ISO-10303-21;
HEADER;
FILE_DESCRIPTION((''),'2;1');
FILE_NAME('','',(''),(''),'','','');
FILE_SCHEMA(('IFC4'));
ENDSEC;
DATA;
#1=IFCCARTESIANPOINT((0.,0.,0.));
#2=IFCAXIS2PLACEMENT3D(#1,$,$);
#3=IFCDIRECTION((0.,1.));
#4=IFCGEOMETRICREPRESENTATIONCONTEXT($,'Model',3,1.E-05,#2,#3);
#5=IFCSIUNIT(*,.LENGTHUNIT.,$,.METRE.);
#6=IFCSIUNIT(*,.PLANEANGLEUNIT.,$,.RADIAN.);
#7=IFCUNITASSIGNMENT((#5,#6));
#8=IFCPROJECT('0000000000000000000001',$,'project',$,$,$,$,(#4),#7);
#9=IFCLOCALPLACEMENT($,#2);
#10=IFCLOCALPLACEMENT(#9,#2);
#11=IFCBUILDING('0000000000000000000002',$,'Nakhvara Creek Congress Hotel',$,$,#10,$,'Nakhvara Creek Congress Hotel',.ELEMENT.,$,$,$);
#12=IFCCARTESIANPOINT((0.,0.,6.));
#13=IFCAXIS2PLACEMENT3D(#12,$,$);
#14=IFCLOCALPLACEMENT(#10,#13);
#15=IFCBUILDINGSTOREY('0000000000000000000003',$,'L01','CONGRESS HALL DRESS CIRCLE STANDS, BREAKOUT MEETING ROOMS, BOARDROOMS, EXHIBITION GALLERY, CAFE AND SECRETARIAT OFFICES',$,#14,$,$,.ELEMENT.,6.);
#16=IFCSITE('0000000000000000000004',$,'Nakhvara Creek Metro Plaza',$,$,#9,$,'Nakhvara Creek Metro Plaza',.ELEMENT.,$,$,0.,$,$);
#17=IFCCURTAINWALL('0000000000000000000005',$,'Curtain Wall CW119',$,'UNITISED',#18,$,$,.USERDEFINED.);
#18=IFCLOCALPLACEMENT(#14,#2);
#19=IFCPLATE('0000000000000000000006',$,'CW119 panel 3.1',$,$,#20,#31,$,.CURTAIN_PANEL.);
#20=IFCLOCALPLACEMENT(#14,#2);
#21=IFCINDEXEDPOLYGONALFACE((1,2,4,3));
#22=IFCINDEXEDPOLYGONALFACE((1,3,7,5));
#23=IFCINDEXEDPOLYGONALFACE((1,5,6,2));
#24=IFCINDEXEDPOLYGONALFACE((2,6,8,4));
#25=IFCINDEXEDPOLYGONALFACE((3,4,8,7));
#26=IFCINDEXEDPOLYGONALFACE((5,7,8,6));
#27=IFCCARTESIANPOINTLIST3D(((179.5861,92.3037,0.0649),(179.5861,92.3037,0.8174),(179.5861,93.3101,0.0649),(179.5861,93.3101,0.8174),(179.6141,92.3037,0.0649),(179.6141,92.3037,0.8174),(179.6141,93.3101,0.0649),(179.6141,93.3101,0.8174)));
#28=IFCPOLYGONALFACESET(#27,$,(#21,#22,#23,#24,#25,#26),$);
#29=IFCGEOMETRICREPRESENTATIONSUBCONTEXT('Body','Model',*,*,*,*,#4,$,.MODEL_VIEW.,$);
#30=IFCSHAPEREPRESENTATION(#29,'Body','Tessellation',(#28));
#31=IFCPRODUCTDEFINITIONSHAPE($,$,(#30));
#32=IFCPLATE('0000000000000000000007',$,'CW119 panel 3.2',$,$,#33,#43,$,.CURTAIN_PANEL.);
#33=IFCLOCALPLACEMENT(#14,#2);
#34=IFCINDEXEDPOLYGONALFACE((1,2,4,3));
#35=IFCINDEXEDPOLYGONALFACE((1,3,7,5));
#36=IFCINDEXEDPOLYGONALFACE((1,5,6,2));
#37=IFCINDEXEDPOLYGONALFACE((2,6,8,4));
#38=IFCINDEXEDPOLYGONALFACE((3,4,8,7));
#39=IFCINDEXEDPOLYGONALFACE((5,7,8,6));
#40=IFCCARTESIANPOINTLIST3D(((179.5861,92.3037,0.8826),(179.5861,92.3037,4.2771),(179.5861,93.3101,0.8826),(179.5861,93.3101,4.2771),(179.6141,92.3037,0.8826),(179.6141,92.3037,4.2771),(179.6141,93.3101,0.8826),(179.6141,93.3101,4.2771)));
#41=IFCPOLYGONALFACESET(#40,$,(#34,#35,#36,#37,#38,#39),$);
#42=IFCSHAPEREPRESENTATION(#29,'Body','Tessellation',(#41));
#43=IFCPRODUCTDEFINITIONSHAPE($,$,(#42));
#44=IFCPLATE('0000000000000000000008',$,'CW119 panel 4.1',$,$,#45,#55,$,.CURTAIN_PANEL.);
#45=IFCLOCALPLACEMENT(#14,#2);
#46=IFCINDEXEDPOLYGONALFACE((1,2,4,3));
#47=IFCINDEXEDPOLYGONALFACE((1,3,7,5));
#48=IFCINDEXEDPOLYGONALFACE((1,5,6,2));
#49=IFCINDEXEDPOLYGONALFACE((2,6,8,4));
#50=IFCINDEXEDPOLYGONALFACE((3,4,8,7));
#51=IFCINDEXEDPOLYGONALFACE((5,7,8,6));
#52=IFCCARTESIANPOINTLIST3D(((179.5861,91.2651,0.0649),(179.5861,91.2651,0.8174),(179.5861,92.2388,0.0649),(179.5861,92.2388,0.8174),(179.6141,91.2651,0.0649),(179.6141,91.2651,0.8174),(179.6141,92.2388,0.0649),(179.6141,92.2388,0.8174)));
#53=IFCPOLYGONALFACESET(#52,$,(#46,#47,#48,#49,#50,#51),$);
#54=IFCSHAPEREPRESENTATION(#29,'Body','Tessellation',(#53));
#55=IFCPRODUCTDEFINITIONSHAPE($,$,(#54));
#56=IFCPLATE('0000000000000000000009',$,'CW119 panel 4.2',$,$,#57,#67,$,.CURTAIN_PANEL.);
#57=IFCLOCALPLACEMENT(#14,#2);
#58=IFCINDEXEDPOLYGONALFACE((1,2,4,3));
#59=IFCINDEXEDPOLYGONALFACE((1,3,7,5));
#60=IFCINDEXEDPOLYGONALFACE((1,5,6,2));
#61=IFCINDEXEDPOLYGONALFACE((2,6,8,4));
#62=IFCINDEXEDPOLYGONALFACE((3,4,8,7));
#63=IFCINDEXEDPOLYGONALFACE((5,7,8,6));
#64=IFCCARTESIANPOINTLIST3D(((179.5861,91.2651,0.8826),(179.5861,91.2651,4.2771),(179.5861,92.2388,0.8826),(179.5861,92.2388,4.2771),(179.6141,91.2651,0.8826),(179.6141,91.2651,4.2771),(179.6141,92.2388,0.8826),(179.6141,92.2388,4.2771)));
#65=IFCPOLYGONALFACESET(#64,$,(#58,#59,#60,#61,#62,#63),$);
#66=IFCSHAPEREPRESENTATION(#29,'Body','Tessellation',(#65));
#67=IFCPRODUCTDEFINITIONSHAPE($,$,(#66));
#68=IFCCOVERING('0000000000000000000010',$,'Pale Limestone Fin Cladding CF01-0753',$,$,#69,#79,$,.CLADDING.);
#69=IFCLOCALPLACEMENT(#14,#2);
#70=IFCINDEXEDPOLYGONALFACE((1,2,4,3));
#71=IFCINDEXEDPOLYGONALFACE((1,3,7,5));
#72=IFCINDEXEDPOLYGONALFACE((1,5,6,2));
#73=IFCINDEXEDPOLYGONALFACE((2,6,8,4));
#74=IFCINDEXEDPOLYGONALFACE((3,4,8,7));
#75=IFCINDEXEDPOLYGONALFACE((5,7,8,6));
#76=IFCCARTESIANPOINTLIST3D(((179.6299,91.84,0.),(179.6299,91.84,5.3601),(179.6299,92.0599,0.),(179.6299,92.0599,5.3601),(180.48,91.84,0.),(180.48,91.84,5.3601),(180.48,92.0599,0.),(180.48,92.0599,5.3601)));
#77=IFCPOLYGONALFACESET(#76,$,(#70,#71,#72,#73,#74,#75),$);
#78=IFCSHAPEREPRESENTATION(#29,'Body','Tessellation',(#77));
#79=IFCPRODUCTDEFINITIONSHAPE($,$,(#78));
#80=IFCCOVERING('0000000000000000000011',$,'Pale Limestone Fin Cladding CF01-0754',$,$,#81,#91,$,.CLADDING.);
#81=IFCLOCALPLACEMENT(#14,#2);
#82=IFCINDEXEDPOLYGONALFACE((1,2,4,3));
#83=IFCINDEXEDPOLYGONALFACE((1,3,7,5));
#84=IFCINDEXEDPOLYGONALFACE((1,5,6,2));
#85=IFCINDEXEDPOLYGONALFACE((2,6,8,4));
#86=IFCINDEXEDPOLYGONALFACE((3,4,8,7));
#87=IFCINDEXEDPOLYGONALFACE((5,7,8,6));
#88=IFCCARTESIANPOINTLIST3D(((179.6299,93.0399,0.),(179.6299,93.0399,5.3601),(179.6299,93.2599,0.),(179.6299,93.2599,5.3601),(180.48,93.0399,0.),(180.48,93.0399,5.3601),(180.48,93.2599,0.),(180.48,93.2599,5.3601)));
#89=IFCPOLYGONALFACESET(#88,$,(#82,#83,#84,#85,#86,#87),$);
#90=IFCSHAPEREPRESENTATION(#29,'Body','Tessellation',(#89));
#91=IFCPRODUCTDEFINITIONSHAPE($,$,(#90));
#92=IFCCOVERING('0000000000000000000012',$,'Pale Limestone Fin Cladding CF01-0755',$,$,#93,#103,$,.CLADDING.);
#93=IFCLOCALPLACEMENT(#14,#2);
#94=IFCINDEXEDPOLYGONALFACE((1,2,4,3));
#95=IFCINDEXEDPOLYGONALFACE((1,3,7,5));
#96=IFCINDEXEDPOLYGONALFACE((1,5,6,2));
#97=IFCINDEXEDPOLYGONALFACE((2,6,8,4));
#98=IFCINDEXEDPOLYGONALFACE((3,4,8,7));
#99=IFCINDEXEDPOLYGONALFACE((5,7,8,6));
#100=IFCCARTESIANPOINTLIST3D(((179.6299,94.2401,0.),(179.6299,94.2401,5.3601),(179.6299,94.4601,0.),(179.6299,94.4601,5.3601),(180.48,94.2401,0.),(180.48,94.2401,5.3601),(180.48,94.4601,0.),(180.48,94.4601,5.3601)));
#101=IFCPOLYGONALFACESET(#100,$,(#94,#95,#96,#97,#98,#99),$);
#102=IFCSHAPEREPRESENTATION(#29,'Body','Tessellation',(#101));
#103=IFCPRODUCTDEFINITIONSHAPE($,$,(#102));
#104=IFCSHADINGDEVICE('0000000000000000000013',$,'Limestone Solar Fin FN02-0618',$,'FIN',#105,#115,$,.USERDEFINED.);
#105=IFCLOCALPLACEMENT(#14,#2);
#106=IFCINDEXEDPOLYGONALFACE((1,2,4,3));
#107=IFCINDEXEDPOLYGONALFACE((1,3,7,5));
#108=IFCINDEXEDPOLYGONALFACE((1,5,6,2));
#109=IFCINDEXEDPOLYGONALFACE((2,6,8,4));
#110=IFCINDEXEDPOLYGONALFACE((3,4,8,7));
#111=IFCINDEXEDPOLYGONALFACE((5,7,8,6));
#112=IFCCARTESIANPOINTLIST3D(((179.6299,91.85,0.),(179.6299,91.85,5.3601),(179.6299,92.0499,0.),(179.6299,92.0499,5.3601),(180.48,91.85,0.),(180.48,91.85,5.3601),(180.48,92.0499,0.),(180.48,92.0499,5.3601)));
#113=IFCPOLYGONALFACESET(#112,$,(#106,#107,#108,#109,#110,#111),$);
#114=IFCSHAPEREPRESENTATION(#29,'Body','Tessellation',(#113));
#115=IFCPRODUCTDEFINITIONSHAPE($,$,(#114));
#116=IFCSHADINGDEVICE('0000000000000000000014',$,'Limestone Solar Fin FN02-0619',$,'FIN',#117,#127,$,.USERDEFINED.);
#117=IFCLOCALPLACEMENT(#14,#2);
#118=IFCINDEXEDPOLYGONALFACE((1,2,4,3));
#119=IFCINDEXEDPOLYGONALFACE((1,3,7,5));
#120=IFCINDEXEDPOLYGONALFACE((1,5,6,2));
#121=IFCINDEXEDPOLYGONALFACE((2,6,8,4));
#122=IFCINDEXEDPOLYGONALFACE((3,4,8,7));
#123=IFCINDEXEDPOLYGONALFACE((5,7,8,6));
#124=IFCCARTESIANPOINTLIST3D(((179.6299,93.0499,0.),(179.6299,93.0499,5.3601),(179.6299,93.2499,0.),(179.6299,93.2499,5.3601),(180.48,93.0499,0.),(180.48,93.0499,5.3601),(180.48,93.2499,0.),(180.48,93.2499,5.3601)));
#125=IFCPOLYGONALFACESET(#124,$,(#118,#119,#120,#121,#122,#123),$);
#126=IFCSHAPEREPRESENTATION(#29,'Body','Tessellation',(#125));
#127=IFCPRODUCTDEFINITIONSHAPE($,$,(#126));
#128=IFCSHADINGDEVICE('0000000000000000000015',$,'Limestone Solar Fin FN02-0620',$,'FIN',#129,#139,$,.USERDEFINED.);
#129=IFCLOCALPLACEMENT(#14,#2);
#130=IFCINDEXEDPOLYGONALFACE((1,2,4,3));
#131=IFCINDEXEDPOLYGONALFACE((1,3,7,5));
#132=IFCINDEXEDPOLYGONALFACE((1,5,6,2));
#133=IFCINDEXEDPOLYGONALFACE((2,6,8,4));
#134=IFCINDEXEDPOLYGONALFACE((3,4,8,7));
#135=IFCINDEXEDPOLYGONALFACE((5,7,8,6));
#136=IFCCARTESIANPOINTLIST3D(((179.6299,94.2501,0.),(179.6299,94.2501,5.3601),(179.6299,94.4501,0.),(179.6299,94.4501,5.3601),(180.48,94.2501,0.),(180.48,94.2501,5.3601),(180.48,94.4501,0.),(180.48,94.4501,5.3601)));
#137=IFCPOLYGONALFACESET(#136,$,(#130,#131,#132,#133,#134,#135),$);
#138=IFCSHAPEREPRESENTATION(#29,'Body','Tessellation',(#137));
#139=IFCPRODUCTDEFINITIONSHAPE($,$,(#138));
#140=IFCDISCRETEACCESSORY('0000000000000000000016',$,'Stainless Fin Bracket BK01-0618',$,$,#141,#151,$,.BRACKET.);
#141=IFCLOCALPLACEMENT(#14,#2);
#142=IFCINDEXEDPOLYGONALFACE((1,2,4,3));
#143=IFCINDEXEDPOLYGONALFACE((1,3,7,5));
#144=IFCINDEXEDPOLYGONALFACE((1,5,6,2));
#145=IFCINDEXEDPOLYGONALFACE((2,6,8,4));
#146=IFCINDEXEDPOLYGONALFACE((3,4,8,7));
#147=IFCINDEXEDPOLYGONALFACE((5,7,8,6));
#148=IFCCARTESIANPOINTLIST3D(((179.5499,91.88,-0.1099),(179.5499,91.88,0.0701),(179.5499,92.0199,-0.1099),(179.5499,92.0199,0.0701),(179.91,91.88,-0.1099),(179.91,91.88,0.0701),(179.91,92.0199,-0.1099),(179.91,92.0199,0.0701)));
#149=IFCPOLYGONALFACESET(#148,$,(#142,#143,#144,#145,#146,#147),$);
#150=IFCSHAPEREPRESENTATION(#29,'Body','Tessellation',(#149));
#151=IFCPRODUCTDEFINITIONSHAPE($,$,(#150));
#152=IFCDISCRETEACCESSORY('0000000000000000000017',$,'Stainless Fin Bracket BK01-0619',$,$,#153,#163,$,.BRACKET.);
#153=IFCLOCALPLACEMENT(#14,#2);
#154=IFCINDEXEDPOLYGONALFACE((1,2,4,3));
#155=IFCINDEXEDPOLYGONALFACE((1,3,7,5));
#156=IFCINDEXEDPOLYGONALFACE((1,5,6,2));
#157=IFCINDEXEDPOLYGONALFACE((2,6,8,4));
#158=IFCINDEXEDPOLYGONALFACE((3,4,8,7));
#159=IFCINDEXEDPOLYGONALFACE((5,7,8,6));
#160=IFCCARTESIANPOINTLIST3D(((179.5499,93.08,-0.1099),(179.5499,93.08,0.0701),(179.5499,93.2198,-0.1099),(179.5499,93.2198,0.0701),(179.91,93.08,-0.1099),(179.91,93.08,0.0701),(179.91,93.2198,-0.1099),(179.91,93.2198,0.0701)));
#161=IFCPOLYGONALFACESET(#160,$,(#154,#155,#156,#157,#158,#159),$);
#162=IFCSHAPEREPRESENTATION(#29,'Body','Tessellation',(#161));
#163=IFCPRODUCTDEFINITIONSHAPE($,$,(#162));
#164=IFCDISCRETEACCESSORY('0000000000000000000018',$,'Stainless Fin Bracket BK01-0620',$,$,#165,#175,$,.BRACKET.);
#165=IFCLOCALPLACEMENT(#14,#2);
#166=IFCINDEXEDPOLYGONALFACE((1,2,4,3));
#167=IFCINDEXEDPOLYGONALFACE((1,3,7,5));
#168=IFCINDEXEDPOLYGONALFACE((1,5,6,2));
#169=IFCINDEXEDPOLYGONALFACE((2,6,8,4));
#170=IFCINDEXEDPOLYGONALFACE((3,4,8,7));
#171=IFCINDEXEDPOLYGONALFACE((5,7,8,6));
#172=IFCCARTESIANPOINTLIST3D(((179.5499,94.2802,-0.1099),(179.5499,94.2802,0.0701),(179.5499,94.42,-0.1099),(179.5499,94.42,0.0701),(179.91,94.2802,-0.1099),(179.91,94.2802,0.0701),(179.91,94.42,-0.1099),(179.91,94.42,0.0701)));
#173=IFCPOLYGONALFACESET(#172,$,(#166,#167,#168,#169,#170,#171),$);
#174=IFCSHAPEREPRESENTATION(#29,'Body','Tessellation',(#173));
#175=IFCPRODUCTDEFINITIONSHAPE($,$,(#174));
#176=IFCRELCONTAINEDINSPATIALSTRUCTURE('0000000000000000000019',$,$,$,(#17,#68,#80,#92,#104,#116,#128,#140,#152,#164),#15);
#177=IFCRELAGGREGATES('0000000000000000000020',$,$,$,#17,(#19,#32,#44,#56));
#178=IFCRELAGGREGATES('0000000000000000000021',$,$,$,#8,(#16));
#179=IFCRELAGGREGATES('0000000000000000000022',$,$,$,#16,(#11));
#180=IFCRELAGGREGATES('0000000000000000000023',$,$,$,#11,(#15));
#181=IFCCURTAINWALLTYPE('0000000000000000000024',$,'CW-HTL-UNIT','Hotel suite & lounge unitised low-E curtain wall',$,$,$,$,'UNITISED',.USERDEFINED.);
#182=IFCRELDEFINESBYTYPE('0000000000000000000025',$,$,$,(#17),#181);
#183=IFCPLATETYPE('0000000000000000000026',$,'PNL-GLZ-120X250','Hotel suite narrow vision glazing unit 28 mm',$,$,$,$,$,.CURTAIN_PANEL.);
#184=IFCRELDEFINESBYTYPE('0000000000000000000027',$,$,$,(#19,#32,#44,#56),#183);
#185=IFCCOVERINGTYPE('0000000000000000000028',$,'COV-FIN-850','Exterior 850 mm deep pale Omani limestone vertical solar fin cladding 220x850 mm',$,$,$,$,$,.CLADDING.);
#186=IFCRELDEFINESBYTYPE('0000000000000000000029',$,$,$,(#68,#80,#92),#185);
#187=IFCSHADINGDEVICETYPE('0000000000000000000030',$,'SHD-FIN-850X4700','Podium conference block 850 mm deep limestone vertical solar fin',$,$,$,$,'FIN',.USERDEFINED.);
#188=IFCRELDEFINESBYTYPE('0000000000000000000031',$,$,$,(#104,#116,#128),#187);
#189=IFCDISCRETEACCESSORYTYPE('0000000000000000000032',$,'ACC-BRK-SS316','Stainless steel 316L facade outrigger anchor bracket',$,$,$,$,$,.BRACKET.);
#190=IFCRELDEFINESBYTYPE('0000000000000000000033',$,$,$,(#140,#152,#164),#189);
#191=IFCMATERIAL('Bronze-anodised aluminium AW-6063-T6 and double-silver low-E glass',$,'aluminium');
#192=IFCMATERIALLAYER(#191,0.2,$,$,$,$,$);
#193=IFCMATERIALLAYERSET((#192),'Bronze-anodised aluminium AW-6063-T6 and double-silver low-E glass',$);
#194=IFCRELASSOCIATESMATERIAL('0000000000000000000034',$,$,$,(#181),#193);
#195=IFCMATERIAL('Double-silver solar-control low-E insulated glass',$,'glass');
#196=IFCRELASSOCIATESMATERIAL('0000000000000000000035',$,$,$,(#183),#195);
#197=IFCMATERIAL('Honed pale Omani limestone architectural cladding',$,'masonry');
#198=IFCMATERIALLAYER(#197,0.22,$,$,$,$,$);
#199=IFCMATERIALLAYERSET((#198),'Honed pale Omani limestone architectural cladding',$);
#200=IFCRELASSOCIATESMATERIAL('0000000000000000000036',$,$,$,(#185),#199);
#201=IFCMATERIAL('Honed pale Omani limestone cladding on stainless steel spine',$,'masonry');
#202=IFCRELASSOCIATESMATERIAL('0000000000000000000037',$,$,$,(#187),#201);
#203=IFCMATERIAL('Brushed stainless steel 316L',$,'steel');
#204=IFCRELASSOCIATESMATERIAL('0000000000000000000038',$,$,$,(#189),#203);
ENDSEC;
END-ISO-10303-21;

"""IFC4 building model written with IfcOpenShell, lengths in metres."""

from ifc_helpers import new_model, si_unit, direction, frame, origin, origin_2d, place, context, subcontext, project, spatial, rectangle, extrude, material, layer, layer_set, type_object, element, aggregate, save


model = new_model("IFC4")

# Units and contexts
model_context = context("Model", 3, precision=1e-05, world=origin(), true_north=direction((0.0, 1.0)))
body_context = subcontext(model_context, "Body", "Model", "MODEL_VIEW")
ifc_project = project(units=[si_unit("LENGTHUNIT", "METRE"), si_unit("PLANEANGLEUNIT", "RADIAN")], contexts=[model_context])

# Site, building, storey
site_placement = place(None, origin())
site = spatial("IfcSite", under=ifc_project, at=site_placement, Name="Nakhvara Creek Metro Plaza", LongName="Nakhvara Creek Metro Plaza", CompositionType="ELEMENT", RefElevation=0.0)
building_placement = place(site_placement, origin())
building = spatial("IfcBuilding", under=site, at=building_placement, Name="Nakhvara Creek Congress Hotel", LongName="Nakhvara Creek Congress Hotel", CompositionType="ELEMENT")
storey_placement = place(building_placement, frame((0.0, 0.0, 6.0)))
storey = spatial("IfcBuildingStorey", under=building, at=storey_placement, Name="L01", Description="CONGRESS HALL DRESS CIRCLE STANDS, BREAKOUT MEETING ROOMS, BOARDROOMS, EXHIBITION GALLERY, CAFE AND SECRETARIAT OFFICES", CompositionType="ELEMENT", Elevation=6.0)

# Curtain wall, plates
ifc_material_1 = material(Name="Bronze-anodised aluminium AW-6063-T6 and double-silver low-E glass", Category="aluminium")
ifc_layer_1 = layer(ifc_material_1, 0.2)
ifc_layer_set_1 = layer_set([ifc_layer_1], Name="Bronze-anodised aluminium AW-6063-T6 and double-silver low-E glass")
curtain_wall_type = type_object("IfcCurtainWallType", Name="CW-HTL-UNIT", Description="Hotel suite & lounge unitised low-E curtain wall", ElementType="UNITISED", PredefinedType="USERDEFINED", material=ifc_layer_set_1)
curtain_wall_placement = place(storey_placement, origin())
curtain_wall = element("IfcCurtainWall", 1, at=curtain_wall_placement, inside=storey, type_object=curtain_wall_type, Name="Curtain Wall CW119", ObjectType="UNITISED", PredefinedType="USERDEFINED")
ifc_material_2 = material(Name="Double-silver solar-control low-E insulated glass", Category="glass")
plate_type = type_object("IfcPlateType", Name="PNL-GLZ-120X250", Description="Hotel suite narrow vision glazing unit 28 mm", PredefinedType="CURTAIN_PANEL", material=ifc_material_2)
plate_1_placement = place(storey_placement, frame((179.6001, 92.8069, 0.0649), z_axis=(0.0, 0.0, 1.0), x_axis=(0.0, -1.0, 0.0)))
plate_1 = element("IfcPlate", 2, at=plate_1_placement, type_object=plate_type, Name="CW119 panel 3.1", PredefinedType="CURTAIN_PANEL", context=body_context, shape_type="SweptSolid", body=[
    extrude(rectangle(XDim=1.0063, YDim=0.0281, at=origin_2d()), origin(), (0.0, 0.0, 1.0), 0.7524),
])
plate_2_placement = place(storey_placement, frame((179.6001, 92.8069, 0.8826), z_axis=(0.0, 0.0, 1.0), x_axis=(0.0, -1.0, 0.0)))
plate_2 = element("IfcPlate", 3, at=plate_2_placement, type_object=plate_type, Name="CW119 panel 3.2", PredefinedType="CURTAIN_PANEL", context=body_context, shape_type="SweptSolid", body=[
    extrude(rectangle(XDim=1.0063, YDim=0.0281, at=origin_2d()), origin(), (0.0, 0.0, 1.0), 3.3945),
])
plate_3_placement = place(storey_placement, frame((179.6001, 91.752, 0.0649), z_axis=(0.0, 0.0, 1.0), x_axis=(0.0, -1.0, 0.0)))
plate_3 = element("IfcPlate", 4, at=plate_3_placement, type_object=plate_type, Name="CW119 panel 4.1", PredefinedType="CURTAIN_PANEL", context=body_context, shape_type="SweptSolid", body=[
    extrude(rectangle(XDim=0.9736, YDim=0.0281, at=origin_2d()), origin(), (0.0, 0.0, 1.0), 0.7524),
])
plate_4_placement = place(storey_placement, frame((179.6001, 91.752, 0.8826), z_axis=(0.0, 0.0, 1.0), x_axis=(0.0, -1.0, 0.0)))
plate_4 = element("IfcPlate", 5, at=plate_4_placement, type_object=plate_type, Name="CW119 panel 4.2", PredefinedType="CURTAIN_PANEL", context=body_context, shape_type="SweptSolid", body=[
    extrude(rectangle(XDim=0.9736, YDim=0.0281, at=origin_2d()), origin(), (0.0, 0.0, 1.0), 3.3945),
])
aggregate(curtain_wall, [plate_1, plate_2, plate_3, plate_4])

# Coverings
ifc_material_3 = material(Name="Honed pale Omani limestone architectural cladding", Category="masonry")
ifc_layer_2 = layer(ifc_material_3, 0.22)
ifc_layer_set_2 = layer_set([ifc_layer_2], Name="Honed pale Omani limestone architectural cladding")
covering_type = type_object("IfcCoveringType", Name="COV-FIN-850", Description="Exterior 850 mm deep pale Omani limestone vertical solar fin cladding 220x850 mm", PredefinedType="CLADDING", material=ifc_layer_set_2)
for number, where, z_axis, x_axis, name in (
    (6, (180.0549, 91.95, 0.0), (0.0, 0.0, 1.0), (0.0, 1.0, 0.0), "Pale Limestone Fin Cladding CF01-0753"),
    (7, (180.0549, 93.1499, 0.0), (0.0, 0.0, 1.0), (0.0, 1.0, 0.0), "Pale Limestone Fin Cladding CF01-0754"),
    (8, (180.0549, 94.3501, 0.0), (0.0, 0.0, 1.0), (0.0, 1.0, 0.0), "Pale Limestone Fin Cladding CF01-0755"),
):
    element("IfcCovering", number, at=place(storey_placement, frame(where, z_axis=z_axis, x_axis=x_axis)), inside=storey, type_object=covering_type, Name=name, PredefinedType="CLADDING", context=body_context, shape_type="SweptSolid", body=[
        extrude(rectangle(XDim=0.22, YDim=0.8501, at=origin_2d()), origin(), (0.0, 0.0, 1.0), 5.3601),
    ])

# Shading devices
ifc_material_4 = material(Name="Honed pale Omani limestone cladding on stainless steel spine", Category="masonry")
shading_device_type = type_object("IfcShadingDeviceType", Name="SHD-FIN-850X4700", Description="Podium conference block 850 mm deep limestone vertical solar fin", ElementType="FIN", PredefinedType="USERDEFINED", material=ifc_material_4)
for number, where, z_axis, x_axis, name in (
    (9, (180.0549, 91.95, 0.0), (0.0, 0.0, 1.0), (0.0, 1.0, 0.0), "Limestone Solar Fin FN02-0618"),
    (10, (180.0549, 93.1499, 0.0), (0.0, 0.0, 1.0), (0.0, 1.0, 0.0), "Limestone Solar Fin FN02-0619"),
    (11, (180.0549, 94.3501, 0.0), (0.0, 0.0, 1.0), (0.0, 1.0, 0.0), "Limestone Solar Fin FN02-0620"),
):
    element("IfcShadingDevice", number, at=place(storey_placement, frame(where, z_axis=z_axis, x_axis=x_axis)), inside=storey, type_object=shading_device_type, Name=name, ObjectType="FIN", PredefinedType="USERDEFINED", context=body_context, shape_type="SweptSolid", body=[
        extrude(rectangle(XDim=0.2, YDim=0.8501, at=origin_2d()), origin(), (0.0, 0.0, 1.0), 5.3601),
    ])

# Discrete accessories
ifc_material_5 = material(Name="Brushed stainless steel 316L", Category="steel")
discrete_accessory_type = type_object("IfcDiscreteAccessoryType", Name="ACC-BRK-SS316", Description="Stainless steel 316L facade outrigger anchor bracket", PredefinedType="BRACKET", material=ifc_material_5)
for number, where, z_axis, x_axis, name in (
    (12, (179.73, 91.95, -0.1099), (0.0, 0.0, 1.0), (0.0, 1.0, 0.0), "Stainless Fin Bracket BK01-0618"),
    (13, (179.73, 93.1499, -0.1099), (0.0, 0.0, 1.0), (0.0, 1.0, 0.0), "Stainless Fin Bracket BK01-0619"),
    (14, (179.73, 94.3501, -0.1099), (0.0, 0.0, 1.0), (0.0, 1.0, 0.0), "Stainless Fin Bracket BK01-0620"),
):
    element("IfcDiscreteAccessory", number, at=place(storey_placement, frame(where, z_axis=z_axis, x_axis=x_axis)), inside=storey, type_object=discrete_accessory_type, Name=name, PredefinedType="BRACKET", context=body_context, shape_type="SweptSolid", body=[
        extrude(rectangle(XDim=0.1399, YDim=0.3601, at=origin_2d()), origin(), (0.0, 0.0, 1.0), 0.1799),
    ])

save(model, "model.ifc")
